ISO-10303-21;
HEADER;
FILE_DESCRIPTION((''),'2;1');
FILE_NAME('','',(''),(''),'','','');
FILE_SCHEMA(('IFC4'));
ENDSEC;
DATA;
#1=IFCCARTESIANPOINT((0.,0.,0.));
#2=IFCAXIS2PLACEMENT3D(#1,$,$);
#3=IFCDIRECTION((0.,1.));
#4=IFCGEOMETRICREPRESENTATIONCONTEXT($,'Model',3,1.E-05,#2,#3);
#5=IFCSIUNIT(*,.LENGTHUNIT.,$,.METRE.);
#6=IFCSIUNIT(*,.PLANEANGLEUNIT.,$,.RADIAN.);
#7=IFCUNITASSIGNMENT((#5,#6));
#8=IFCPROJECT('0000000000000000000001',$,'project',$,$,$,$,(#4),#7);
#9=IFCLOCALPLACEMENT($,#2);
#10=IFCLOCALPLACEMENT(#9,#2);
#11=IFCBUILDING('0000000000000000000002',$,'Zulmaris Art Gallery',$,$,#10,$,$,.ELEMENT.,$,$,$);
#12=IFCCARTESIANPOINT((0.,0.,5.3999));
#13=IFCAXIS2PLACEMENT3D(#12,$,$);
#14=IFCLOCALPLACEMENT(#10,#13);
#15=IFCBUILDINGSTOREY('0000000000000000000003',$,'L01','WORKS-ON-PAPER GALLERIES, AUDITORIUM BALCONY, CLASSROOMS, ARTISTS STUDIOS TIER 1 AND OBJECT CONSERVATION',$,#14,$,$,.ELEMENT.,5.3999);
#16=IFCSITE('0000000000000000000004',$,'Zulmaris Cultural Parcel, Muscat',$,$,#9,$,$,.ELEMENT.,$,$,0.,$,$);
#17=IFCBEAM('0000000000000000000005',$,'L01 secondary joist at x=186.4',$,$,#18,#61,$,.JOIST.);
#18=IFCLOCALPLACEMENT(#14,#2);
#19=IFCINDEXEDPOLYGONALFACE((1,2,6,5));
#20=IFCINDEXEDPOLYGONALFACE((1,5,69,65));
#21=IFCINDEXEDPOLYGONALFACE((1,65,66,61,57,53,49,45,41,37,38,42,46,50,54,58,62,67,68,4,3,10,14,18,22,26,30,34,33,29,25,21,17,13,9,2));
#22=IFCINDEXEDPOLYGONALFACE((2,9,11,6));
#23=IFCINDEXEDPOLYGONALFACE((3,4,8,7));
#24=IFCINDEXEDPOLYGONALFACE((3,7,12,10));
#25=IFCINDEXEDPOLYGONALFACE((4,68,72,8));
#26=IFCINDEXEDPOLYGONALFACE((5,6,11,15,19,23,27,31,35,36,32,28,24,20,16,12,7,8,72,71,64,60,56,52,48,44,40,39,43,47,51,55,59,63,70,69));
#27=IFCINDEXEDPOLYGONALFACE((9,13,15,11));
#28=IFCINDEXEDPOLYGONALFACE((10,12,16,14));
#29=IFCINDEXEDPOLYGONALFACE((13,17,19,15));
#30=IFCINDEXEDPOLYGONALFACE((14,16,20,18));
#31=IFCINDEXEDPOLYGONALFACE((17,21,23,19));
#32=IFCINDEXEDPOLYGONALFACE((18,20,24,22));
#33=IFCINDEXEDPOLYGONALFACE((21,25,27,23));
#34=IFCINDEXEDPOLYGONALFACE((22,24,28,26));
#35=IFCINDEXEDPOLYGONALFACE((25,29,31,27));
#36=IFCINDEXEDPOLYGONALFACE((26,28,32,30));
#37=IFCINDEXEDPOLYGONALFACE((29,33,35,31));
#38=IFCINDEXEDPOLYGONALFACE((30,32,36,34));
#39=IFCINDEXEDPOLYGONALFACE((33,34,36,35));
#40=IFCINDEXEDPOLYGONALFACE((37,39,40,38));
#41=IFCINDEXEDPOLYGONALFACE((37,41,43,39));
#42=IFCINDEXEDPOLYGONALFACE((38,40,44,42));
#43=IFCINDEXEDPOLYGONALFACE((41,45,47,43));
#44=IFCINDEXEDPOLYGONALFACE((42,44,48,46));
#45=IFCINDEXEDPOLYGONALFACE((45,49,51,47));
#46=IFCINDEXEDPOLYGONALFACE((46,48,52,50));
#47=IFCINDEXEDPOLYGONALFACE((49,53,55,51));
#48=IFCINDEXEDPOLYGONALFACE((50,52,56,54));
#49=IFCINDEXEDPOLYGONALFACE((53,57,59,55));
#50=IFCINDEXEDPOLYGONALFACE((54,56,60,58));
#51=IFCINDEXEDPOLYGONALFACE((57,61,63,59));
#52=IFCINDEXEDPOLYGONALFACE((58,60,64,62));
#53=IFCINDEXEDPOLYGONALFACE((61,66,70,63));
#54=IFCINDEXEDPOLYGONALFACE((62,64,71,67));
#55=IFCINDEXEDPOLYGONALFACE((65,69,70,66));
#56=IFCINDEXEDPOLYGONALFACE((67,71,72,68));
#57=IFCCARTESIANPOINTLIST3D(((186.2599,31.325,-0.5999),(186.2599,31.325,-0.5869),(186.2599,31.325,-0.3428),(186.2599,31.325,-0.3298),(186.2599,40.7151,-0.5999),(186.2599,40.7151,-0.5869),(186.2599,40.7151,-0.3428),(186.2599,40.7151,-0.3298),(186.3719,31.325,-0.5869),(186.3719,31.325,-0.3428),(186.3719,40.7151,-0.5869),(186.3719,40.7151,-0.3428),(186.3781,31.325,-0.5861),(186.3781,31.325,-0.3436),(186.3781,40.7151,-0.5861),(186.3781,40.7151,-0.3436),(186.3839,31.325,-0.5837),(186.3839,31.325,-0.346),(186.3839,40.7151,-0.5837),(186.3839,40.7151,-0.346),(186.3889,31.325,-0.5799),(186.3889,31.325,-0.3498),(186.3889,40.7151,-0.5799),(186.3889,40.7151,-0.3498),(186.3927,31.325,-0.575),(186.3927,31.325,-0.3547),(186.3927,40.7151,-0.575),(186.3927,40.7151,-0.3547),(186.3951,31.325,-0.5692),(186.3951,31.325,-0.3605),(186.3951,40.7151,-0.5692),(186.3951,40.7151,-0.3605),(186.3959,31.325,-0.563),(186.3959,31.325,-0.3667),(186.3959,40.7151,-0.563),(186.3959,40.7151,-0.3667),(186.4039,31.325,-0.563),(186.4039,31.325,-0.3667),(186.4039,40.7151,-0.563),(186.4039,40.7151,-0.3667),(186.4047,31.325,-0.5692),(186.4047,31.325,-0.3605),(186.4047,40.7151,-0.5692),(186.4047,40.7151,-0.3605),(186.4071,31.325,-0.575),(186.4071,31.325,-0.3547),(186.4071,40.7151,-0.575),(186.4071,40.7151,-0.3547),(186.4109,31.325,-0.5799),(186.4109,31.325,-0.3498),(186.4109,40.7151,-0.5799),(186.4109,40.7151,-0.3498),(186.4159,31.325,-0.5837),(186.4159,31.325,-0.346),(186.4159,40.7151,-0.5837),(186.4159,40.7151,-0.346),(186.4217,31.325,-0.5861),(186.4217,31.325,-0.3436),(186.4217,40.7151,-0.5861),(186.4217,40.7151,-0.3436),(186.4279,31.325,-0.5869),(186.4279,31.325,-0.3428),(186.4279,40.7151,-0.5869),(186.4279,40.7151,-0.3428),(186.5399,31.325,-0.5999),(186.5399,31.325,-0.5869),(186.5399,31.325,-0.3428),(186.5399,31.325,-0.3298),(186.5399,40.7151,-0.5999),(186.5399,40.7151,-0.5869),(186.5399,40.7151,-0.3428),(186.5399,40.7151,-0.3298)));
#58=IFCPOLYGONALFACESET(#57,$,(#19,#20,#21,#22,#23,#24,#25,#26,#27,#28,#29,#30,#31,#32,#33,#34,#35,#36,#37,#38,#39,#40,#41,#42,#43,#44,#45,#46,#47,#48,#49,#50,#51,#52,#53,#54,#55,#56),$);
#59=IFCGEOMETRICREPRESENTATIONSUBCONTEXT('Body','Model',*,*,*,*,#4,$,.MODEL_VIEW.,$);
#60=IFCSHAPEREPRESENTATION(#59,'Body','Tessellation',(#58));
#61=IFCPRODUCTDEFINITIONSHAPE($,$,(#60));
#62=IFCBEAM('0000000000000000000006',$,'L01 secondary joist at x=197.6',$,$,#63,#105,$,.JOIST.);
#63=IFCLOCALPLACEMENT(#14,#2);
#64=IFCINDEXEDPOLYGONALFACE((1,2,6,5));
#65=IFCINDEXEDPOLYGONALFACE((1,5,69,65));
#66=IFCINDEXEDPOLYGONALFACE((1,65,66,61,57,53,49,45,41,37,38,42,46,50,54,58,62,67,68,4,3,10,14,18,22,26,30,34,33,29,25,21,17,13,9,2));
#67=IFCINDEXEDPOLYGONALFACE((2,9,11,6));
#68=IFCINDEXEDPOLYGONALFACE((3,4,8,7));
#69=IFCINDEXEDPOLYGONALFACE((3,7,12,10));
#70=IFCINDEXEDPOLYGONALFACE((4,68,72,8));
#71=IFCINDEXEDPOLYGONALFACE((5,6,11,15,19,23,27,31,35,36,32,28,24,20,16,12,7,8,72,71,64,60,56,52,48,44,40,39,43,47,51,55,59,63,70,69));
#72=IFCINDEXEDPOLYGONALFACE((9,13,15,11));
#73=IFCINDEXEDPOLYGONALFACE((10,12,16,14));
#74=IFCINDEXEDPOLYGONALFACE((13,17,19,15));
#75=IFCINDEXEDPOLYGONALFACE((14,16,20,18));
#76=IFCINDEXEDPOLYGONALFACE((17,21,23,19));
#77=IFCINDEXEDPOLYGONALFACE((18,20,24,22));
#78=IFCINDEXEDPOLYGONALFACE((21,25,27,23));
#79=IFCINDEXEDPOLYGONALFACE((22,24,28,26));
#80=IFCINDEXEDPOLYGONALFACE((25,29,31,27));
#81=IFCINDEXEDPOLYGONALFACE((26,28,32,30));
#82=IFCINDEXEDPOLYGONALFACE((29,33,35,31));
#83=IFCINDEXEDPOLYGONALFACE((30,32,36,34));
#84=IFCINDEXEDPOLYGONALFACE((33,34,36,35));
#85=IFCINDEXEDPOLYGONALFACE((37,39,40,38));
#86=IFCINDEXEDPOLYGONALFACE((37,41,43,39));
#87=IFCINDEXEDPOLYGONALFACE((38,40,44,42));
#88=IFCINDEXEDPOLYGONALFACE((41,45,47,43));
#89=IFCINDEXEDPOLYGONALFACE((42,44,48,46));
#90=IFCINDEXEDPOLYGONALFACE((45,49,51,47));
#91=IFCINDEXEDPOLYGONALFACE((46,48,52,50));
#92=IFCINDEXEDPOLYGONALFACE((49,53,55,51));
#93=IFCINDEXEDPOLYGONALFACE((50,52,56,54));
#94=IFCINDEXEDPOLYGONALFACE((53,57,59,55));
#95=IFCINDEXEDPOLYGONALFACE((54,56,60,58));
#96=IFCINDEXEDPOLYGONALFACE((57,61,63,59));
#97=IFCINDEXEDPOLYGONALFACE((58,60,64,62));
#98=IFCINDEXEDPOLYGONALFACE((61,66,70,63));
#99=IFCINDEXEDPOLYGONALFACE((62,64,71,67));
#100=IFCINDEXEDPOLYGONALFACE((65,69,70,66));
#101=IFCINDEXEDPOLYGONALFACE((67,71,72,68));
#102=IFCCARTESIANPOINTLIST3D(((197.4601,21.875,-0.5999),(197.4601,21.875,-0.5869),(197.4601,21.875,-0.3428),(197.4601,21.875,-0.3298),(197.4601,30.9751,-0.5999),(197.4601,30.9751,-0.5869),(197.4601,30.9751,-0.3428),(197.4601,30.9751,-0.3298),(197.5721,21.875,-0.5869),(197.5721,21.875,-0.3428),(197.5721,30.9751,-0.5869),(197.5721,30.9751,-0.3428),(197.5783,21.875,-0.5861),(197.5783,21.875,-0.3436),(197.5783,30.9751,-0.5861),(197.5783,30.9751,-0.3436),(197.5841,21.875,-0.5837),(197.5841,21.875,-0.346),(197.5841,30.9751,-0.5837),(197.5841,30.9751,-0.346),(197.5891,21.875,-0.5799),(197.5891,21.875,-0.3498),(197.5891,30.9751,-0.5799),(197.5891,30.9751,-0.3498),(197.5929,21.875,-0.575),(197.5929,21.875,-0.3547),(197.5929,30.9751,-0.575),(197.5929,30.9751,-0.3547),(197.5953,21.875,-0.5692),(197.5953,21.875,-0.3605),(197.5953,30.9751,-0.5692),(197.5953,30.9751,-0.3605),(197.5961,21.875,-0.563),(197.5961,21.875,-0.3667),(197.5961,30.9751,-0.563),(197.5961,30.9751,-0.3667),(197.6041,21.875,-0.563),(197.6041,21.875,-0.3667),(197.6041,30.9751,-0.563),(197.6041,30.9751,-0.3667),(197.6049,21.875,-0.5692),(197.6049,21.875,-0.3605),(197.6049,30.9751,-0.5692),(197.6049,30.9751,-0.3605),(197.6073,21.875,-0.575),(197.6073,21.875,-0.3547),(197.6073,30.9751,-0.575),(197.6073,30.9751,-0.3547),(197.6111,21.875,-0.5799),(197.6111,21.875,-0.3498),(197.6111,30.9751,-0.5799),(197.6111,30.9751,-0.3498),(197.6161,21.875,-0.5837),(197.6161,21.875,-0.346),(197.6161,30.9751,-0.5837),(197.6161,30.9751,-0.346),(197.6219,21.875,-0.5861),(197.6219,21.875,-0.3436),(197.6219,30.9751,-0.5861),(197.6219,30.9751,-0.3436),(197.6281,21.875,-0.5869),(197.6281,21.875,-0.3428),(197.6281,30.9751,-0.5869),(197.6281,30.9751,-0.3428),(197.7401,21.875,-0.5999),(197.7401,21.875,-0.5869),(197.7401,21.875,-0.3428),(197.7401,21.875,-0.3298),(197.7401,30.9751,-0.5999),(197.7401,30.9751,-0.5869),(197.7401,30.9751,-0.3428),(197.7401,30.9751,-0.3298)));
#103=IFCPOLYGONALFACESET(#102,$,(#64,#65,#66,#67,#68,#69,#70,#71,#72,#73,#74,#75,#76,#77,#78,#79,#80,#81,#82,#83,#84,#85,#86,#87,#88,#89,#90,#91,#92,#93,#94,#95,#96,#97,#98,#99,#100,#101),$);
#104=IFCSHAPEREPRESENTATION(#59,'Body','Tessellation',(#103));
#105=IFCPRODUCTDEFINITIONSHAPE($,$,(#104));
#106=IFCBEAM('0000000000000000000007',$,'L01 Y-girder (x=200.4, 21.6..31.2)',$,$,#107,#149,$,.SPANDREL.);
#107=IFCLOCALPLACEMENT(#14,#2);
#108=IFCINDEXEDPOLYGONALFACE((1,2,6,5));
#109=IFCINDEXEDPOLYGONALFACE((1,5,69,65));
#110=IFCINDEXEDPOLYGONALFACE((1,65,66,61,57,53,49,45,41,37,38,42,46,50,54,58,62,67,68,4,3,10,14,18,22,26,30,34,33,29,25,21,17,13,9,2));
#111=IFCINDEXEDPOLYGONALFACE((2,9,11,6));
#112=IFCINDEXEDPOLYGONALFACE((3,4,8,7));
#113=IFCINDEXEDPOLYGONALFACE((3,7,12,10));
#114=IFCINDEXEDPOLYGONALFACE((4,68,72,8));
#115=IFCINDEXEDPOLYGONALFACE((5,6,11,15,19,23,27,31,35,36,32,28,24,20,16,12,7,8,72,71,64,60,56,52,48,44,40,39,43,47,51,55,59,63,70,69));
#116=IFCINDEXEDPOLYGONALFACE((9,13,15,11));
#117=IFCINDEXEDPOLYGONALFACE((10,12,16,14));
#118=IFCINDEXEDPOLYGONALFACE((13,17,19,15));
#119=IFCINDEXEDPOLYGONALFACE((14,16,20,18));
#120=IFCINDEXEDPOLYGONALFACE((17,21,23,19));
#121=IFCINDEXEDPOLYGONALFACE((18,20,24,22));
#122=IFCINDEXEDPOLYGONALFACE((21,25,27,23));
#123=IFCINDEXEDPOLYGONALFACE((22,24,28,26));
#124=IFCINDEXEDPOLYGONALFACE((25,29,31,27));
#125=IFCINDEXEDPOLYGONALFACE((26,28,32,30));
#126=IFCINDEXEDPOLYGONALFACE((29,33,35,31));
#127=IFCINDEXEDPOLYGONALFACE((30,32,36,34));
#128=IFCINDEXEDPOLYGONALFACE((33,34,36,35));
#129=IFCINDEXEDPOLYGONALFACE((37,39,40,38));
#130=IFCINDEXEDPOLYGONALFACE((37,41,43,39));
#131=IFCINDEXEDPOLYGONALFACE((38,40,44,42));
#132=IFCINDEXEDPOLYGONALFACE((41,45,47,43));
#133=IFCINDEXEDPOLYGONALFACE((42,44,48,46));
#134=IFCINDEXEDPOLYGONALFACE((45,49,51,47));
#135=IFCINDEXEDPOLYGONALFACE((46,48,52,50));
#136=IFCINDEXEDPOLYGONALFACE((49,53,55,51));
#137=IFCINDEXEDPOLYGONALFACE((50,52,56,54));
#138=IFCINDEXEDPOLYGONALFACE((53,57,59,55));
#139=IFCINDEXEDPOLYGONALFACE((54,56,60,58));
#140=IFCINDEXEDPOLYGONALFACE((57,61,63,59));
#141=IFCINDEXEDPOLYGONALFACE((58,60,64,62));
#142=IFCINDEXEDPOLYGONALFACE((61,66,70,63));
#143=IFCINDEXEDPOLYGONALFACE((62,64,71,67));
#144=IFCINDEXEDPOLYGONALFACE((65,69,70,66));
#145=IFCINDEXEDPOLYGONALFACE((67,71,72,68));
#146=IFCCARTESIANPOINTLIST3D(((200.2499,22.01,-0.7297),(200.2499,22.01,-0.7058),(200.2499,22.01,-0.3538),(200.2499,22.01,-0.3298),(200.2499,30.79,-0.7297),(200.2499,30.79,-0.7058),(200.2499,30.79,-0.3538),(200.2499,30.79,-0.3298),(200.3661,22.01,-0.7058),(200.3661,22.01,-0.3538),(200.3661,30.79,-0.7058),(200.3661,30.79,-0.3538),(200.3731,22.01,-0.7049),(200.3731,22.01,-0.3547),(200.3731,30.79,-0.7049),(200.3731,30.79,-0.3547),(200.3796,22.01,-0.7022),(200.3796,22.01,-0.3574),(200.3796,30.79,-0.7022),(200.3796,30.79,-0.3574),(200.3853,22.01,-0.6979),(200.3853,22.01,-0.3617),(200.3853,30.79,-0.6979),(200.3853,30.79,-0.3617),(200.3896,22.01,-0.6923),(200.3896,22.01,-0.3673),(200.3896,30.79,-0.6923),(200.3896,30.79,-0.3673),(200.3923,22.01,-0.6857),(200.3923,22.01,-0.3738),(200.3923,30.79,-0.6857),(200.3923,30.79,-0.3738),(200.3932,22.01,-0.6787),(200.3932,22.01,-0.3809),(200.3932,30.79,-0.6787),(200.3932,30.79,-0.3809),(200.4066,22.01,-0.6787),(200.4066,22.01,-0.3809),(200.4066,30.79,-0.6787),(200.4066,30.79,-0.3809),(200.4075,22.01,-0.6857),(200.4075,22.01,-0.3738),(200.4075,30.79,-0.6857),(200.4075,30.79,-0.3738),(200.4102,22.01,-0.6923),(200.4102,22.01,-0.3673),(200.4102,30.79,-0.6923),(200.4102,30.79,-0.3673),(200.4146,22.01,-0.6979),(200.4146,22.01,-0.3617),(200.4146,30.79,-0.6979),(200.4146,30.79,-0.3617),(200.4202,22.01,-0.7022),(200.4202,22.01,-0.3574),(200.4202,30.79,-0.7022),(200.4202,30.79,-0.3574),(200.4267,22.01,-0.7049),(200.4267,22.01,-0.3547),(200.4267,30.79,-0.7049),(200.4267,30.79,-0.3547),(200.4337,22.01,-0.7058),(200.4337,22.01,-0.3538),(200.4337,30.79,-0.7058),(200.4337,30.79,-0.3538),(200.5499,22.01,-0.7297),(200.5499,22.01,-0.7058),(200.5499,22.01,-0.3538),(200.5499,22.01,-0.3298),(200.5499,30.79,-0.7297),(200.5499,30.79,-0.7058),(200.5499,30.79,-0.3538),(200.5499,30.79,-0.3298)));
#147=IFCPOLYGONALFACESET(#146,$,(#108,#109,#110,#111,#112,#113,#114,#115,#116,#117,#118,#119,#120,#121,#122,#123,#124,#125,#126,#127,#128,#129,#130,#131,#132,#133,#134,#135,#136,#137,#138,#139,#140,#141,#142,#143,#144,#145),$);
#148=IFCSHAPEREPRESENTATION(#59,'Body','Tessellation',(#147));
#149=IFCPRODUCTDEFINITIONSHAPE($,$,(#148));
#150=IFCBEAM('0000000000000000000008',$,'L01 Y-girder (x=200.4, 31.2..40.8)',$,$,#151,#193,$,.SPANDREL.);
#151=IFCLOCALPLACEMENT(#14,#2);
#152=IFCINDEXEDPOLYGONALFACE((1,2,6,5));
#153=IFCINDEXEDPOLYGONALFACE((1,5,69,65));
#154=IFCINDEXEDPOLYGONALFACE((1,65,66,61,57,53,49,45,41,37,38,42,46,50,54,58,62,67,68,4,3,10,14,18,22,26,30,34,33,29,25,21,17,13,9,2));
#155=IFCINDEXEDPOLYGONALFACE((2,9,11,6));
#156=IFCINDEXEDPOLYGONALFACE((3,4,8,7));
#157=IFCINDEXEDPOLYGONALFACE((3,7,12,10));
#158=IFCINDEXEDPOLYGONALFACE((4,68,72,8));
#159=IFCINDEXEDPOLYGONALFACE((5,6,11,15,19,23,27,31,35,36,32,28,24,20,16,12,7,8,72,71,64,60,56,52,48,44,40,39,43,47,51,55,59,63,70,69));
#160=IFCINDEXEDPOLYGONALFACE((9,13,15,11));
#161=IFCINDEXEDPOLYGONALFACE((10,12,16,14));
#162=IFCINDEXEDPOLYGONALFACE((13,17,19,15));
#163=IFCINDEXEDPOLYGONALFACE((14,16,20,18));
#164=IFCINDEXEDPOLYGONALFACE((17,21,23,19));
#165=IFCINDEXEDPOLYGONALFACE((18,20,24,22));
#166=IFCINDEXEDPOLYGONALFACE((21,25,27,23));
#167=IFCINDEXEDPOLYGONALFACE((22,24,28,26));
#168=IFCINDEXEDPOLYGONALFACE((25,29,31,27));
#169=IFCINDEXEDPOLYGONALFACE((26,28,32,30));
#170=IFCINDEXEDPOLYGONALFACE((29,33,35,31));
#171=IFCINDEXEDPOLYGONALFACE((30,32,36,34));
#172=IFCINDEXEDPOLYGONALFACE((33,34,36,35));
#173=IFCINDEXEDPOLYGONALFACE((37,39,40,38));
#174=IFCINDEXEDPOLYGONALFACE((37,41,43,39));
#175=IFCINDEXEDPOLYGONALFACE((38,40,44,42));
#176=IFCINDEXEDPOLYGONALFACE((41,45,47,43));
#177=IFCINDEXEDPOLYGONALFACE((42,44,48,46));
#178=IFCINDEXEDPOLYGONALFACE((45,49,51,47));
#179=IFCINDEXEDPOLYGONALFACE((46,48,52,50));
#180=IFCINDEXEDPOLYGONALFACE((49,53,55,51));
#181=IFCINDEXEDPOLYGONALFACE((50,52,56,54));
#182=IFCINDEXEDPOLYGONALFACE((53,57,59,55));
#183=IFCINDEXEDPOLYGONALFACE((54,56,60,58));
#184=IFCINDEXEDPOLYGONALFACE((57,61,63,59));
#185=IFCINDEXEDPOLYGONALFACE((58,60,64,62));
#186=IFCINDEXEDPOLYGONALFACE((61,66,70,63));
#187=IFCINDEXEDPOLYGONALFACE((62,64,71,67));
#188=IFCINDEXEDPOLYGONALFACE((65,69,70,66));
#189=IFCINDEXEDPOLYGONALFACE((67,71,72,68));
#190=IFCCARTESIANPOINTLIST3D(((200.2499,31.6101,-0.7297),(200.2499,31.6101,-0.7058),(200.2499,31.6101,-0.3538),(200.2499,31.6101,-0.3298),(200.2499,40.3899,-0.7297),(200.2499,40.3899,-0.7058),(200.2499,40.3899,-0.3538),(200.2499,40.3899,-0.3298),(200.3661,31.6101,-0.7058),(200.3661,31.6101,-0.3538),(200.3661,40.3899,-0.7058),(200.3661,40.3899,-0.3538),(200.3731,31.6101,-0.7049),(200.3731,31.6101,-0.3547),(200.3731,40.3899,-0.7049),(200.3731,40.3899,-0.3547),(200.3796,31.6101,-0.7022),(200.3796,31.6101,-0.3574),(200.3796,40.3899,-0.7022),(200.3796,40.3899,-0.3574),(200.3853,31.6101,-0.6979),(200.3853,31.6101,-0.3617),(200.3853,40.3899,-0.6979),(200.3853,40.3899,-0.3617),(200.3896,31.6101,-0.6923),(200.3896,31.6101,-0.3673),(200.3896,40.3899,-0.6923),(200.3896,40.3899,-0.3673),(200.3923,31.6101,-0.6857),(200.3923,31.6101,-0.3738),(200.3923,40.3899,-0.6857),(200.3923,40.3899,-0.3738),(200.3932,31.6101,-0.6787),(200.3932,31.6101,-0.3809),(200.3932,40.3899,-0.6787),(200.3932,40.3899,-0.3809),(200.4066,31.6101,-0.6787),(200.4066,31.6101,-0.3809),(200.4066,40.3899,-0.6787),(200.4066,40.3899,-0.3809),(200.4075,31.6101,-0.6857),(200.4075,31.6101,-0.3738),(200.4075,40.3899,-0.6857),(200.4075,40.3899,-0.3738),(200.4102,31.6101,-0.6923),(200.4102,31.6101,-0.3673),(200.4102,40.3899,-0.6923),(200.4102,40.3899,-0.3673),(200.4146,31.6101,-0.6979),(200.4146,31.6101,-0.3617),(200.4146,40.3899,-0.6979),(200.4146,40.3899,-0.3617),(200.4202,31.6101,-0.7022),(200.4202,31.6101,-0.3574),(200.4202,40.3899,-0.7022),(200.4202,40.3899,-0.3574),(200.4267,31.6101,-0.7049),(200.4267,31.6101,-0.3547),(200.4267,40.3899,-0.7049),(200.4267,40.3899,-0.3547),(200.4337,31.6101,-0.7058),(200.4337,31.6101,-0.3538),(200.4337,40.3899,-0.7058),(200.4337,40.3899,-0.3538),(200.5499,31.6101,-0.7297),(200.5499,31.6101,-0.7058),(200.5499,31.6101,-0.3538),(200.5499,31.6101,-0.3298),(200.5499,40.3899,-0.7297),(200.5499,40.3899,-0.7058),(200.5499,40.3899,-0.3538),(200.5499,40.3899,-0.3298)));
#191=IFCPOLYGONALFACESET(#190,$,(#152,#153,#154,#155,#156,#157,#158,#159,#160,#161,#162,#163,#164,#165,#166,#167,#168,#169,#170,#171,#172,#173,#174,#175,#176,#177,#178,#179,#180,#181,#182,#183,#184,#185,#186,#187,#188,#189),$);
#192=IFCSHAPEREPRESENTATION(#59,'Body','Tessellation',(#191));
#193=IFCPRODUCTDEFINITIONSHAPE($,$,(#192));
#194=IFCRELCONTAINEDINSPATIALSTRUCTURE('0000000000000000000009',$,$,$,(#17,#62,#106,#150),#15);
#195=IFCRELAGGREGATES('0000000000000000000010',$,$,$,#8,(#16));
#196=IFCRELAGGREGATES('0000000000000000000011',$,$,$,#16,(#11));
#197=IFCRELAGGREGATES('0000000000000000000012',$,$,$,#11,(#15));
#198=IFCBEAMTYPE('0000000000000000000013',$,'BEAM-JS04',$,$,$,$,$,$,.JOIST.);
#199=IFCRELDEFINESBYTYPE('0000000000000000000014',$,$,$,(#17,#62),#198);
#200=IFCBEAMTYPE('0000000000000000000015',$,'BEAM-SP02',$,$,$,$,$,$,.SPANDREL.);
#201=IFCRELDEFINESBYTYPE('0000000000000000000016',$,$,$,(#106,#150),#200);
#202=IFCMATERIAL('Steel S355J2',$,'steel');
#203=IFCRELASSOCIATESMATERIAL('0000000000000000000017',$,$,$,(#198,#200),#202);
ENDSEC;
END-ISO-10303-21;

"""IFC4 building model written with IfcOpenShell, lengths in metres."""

from ifc_helpers import new_model, si_unit, direction, frame, origin, origin_2d, place, context, subcontext, project, spatial, i_section, extrude, material, material_profile, profile_set, type_object, element, save


model = new_model("IFC4")

# Units and contexts
model_context = context("Model", 3, precision=1e-05, world=origin(), true_north=direction((0.0, 1.0)))
body_context = subcontext(model_context, "Body", "Model", "MODEL_VIEW")
ifc_project = project(units=[si_unit("LENGTHUNIT", "METRE"), si_unit("PLANEANGLEUNIT", "RADIAN")], contexts=[model_context])

# Site, building, storey
site_placement = place(None, origin())
site = spatial("IfcSite", under=ifc_project, at=site_placement, Name="Zulmaris Cultural Parcel, Muscat", CompositionType="ELEMENT", RefElevation=0.0)
building_placement = place(site_placement, origin())
building = spatial("IfcBuilding", under=site, at=building_placement, Name="Zulmaris Art Gallery", CompositionType="ELEMENT")
storey_placement = place(building_placement, frame((0.0, 0.0, 5.3999)))
storey = spatial("IfcBuildingStorey", under=building, at=storey_placement, Name="L01", Description="WORKS-ON-PAPER GALLERIES, AUDITORIUM BALCONY, CLASSROOMS, ARTISTS STUDIOS TIER 1 AND OBJECT CONSERVATION", CompositionType="ELEMENT", Elevation=5.3999)

# Beams
ifc_material_1 = material(Name="Steel S355J2", Category="steel")
ifc_material_profile_1 = material_profile(ifc_material_1, i_section(OverallWidth=0.28, OverallDepth=0.27, WebThickness=0.0081, FlangeThickness=0.0129, FilletRadius=0.0239, at=origin_2d()), Name="HEA 280")
ifc_profile_set_1 = profile_set([ifc_material_profile_1], Name="Steel S355J2")
beam_type_1 = type_object("IfcBeamType", Name="BEAM-JS04", PredefinedType="JOIST", material=ifc_profile_set_1)
beam_1_placement = place(storey_placement, frame((186.3999, 31.325, -0.4648), z_axis=(0.0, 1.0, 0.0), x_axis=(-1.0, 0.0, 0.0)))
element("IfcBeam", 1, at=beam_1_placement, inside=storey, type_object=beam_type_1, Name="L01 secondary joist at x=186.4", PredefinedType="JOIST", context=body_context, shape_type="SweptSolid", body=[
    extrude(i_section(OverallWidth=0.28, OverallDepth=0.27, WebThickness=0.0081, FlangeThickness=0.0129, FilletRadius=0.0239, at=origin_2d()), origin(), (0.0, 0.0, 1.0), 9.3901),
])
beam_2_placement = place(storey_placement, frame((197.6001, 21.875, -0.4648), z_axis=(0.0, 1.0, 0.0), x_axis=(-1.0, 0.0, 0.0)))
element("IfcBeam", 2, at=beam_2_placement, inside=storey, type_object=beam_type_1, Name="L01 secondary joist at x=197.6", PredefinedType="JOIST", context=body_context, shape_type="SweptSolid", body=[
    extrude(i_section(OverallWidth=0.28, OverallDepth=0.27, WebThickness=0.0081, FlangeThickness=0.0129, FilletRadius=0.0239, at=origin_2d()), origin(), (0.0, 0.0, 1.0), 9.1001),
])
ifc_material_profile_2 = material_profile(ifc_material_1, i_section(OverallWidth=0.3, OverallDepth=0.3999, WebThickness=0.0134, FlangeThickness=0.0239, FilletRadius=0.0271, at=origin_2d()), Name="HEB 400")
ifc_profile_set_2 = profile_set([ifc_material_profile_2], Name="Steel S355J2")
beam_type_2 = type_object("IfcBeamType", Name="BEAM-SP02", PredefinedType="SPANDREL", material=ifc_profile_set_2)
beam_3_placement = place(storey_placement, frame((200.3999, 22.01, -0.5298), z_axis=(0.0, 1.0, 0.0), x_axis=(-1.0, 0.0, 0.0)))
element("IfcBeam", 3, at=beam_3_placement, inside=storey, type_object=beam_type_2, Name="L01 Y-girder (x=200.4, 21.6..31.2)", PredefinedType="SPANDREL", context=body_context, shape_type="SweptSolid", body=[
    extrude(i_section(OverallWidth=0.3, OverallDepth=0.3999, WebThickness=0.0134, FlangeThickness=0.0239, FilletRadius=0.0271, at=origin_2d()), origin(), (0.0, 0.0, 1.0), 8.78),
])
beam_4_placement = place(storey_placement, frame((200.3999, 31.6101, -0.5298), z_axis=(0.0, 1.0, 0.0), x_axis=(-1.0, 0.0, 0.0)))
element("IfcBeam", 4, at=beam_4_placement, inside=storey, type_object=beam_type_2, Name="L01 Y-girder (x=200.4, 31.2..40.8)", PredefinedType="SPANDREL", context=body_context, shape_type="SweptSolid", body=[
    extrude(i_section(OverallWidth=0.3, OverallDepth=0.3999, WebThickness=0.0134, FlangeThickness=0.0239, FilletRadius=0.0271, at=origin_2d()), origin(), (0.0, 0.0, 1.0), 8.7798),
])

save(model, "model.ifc")
